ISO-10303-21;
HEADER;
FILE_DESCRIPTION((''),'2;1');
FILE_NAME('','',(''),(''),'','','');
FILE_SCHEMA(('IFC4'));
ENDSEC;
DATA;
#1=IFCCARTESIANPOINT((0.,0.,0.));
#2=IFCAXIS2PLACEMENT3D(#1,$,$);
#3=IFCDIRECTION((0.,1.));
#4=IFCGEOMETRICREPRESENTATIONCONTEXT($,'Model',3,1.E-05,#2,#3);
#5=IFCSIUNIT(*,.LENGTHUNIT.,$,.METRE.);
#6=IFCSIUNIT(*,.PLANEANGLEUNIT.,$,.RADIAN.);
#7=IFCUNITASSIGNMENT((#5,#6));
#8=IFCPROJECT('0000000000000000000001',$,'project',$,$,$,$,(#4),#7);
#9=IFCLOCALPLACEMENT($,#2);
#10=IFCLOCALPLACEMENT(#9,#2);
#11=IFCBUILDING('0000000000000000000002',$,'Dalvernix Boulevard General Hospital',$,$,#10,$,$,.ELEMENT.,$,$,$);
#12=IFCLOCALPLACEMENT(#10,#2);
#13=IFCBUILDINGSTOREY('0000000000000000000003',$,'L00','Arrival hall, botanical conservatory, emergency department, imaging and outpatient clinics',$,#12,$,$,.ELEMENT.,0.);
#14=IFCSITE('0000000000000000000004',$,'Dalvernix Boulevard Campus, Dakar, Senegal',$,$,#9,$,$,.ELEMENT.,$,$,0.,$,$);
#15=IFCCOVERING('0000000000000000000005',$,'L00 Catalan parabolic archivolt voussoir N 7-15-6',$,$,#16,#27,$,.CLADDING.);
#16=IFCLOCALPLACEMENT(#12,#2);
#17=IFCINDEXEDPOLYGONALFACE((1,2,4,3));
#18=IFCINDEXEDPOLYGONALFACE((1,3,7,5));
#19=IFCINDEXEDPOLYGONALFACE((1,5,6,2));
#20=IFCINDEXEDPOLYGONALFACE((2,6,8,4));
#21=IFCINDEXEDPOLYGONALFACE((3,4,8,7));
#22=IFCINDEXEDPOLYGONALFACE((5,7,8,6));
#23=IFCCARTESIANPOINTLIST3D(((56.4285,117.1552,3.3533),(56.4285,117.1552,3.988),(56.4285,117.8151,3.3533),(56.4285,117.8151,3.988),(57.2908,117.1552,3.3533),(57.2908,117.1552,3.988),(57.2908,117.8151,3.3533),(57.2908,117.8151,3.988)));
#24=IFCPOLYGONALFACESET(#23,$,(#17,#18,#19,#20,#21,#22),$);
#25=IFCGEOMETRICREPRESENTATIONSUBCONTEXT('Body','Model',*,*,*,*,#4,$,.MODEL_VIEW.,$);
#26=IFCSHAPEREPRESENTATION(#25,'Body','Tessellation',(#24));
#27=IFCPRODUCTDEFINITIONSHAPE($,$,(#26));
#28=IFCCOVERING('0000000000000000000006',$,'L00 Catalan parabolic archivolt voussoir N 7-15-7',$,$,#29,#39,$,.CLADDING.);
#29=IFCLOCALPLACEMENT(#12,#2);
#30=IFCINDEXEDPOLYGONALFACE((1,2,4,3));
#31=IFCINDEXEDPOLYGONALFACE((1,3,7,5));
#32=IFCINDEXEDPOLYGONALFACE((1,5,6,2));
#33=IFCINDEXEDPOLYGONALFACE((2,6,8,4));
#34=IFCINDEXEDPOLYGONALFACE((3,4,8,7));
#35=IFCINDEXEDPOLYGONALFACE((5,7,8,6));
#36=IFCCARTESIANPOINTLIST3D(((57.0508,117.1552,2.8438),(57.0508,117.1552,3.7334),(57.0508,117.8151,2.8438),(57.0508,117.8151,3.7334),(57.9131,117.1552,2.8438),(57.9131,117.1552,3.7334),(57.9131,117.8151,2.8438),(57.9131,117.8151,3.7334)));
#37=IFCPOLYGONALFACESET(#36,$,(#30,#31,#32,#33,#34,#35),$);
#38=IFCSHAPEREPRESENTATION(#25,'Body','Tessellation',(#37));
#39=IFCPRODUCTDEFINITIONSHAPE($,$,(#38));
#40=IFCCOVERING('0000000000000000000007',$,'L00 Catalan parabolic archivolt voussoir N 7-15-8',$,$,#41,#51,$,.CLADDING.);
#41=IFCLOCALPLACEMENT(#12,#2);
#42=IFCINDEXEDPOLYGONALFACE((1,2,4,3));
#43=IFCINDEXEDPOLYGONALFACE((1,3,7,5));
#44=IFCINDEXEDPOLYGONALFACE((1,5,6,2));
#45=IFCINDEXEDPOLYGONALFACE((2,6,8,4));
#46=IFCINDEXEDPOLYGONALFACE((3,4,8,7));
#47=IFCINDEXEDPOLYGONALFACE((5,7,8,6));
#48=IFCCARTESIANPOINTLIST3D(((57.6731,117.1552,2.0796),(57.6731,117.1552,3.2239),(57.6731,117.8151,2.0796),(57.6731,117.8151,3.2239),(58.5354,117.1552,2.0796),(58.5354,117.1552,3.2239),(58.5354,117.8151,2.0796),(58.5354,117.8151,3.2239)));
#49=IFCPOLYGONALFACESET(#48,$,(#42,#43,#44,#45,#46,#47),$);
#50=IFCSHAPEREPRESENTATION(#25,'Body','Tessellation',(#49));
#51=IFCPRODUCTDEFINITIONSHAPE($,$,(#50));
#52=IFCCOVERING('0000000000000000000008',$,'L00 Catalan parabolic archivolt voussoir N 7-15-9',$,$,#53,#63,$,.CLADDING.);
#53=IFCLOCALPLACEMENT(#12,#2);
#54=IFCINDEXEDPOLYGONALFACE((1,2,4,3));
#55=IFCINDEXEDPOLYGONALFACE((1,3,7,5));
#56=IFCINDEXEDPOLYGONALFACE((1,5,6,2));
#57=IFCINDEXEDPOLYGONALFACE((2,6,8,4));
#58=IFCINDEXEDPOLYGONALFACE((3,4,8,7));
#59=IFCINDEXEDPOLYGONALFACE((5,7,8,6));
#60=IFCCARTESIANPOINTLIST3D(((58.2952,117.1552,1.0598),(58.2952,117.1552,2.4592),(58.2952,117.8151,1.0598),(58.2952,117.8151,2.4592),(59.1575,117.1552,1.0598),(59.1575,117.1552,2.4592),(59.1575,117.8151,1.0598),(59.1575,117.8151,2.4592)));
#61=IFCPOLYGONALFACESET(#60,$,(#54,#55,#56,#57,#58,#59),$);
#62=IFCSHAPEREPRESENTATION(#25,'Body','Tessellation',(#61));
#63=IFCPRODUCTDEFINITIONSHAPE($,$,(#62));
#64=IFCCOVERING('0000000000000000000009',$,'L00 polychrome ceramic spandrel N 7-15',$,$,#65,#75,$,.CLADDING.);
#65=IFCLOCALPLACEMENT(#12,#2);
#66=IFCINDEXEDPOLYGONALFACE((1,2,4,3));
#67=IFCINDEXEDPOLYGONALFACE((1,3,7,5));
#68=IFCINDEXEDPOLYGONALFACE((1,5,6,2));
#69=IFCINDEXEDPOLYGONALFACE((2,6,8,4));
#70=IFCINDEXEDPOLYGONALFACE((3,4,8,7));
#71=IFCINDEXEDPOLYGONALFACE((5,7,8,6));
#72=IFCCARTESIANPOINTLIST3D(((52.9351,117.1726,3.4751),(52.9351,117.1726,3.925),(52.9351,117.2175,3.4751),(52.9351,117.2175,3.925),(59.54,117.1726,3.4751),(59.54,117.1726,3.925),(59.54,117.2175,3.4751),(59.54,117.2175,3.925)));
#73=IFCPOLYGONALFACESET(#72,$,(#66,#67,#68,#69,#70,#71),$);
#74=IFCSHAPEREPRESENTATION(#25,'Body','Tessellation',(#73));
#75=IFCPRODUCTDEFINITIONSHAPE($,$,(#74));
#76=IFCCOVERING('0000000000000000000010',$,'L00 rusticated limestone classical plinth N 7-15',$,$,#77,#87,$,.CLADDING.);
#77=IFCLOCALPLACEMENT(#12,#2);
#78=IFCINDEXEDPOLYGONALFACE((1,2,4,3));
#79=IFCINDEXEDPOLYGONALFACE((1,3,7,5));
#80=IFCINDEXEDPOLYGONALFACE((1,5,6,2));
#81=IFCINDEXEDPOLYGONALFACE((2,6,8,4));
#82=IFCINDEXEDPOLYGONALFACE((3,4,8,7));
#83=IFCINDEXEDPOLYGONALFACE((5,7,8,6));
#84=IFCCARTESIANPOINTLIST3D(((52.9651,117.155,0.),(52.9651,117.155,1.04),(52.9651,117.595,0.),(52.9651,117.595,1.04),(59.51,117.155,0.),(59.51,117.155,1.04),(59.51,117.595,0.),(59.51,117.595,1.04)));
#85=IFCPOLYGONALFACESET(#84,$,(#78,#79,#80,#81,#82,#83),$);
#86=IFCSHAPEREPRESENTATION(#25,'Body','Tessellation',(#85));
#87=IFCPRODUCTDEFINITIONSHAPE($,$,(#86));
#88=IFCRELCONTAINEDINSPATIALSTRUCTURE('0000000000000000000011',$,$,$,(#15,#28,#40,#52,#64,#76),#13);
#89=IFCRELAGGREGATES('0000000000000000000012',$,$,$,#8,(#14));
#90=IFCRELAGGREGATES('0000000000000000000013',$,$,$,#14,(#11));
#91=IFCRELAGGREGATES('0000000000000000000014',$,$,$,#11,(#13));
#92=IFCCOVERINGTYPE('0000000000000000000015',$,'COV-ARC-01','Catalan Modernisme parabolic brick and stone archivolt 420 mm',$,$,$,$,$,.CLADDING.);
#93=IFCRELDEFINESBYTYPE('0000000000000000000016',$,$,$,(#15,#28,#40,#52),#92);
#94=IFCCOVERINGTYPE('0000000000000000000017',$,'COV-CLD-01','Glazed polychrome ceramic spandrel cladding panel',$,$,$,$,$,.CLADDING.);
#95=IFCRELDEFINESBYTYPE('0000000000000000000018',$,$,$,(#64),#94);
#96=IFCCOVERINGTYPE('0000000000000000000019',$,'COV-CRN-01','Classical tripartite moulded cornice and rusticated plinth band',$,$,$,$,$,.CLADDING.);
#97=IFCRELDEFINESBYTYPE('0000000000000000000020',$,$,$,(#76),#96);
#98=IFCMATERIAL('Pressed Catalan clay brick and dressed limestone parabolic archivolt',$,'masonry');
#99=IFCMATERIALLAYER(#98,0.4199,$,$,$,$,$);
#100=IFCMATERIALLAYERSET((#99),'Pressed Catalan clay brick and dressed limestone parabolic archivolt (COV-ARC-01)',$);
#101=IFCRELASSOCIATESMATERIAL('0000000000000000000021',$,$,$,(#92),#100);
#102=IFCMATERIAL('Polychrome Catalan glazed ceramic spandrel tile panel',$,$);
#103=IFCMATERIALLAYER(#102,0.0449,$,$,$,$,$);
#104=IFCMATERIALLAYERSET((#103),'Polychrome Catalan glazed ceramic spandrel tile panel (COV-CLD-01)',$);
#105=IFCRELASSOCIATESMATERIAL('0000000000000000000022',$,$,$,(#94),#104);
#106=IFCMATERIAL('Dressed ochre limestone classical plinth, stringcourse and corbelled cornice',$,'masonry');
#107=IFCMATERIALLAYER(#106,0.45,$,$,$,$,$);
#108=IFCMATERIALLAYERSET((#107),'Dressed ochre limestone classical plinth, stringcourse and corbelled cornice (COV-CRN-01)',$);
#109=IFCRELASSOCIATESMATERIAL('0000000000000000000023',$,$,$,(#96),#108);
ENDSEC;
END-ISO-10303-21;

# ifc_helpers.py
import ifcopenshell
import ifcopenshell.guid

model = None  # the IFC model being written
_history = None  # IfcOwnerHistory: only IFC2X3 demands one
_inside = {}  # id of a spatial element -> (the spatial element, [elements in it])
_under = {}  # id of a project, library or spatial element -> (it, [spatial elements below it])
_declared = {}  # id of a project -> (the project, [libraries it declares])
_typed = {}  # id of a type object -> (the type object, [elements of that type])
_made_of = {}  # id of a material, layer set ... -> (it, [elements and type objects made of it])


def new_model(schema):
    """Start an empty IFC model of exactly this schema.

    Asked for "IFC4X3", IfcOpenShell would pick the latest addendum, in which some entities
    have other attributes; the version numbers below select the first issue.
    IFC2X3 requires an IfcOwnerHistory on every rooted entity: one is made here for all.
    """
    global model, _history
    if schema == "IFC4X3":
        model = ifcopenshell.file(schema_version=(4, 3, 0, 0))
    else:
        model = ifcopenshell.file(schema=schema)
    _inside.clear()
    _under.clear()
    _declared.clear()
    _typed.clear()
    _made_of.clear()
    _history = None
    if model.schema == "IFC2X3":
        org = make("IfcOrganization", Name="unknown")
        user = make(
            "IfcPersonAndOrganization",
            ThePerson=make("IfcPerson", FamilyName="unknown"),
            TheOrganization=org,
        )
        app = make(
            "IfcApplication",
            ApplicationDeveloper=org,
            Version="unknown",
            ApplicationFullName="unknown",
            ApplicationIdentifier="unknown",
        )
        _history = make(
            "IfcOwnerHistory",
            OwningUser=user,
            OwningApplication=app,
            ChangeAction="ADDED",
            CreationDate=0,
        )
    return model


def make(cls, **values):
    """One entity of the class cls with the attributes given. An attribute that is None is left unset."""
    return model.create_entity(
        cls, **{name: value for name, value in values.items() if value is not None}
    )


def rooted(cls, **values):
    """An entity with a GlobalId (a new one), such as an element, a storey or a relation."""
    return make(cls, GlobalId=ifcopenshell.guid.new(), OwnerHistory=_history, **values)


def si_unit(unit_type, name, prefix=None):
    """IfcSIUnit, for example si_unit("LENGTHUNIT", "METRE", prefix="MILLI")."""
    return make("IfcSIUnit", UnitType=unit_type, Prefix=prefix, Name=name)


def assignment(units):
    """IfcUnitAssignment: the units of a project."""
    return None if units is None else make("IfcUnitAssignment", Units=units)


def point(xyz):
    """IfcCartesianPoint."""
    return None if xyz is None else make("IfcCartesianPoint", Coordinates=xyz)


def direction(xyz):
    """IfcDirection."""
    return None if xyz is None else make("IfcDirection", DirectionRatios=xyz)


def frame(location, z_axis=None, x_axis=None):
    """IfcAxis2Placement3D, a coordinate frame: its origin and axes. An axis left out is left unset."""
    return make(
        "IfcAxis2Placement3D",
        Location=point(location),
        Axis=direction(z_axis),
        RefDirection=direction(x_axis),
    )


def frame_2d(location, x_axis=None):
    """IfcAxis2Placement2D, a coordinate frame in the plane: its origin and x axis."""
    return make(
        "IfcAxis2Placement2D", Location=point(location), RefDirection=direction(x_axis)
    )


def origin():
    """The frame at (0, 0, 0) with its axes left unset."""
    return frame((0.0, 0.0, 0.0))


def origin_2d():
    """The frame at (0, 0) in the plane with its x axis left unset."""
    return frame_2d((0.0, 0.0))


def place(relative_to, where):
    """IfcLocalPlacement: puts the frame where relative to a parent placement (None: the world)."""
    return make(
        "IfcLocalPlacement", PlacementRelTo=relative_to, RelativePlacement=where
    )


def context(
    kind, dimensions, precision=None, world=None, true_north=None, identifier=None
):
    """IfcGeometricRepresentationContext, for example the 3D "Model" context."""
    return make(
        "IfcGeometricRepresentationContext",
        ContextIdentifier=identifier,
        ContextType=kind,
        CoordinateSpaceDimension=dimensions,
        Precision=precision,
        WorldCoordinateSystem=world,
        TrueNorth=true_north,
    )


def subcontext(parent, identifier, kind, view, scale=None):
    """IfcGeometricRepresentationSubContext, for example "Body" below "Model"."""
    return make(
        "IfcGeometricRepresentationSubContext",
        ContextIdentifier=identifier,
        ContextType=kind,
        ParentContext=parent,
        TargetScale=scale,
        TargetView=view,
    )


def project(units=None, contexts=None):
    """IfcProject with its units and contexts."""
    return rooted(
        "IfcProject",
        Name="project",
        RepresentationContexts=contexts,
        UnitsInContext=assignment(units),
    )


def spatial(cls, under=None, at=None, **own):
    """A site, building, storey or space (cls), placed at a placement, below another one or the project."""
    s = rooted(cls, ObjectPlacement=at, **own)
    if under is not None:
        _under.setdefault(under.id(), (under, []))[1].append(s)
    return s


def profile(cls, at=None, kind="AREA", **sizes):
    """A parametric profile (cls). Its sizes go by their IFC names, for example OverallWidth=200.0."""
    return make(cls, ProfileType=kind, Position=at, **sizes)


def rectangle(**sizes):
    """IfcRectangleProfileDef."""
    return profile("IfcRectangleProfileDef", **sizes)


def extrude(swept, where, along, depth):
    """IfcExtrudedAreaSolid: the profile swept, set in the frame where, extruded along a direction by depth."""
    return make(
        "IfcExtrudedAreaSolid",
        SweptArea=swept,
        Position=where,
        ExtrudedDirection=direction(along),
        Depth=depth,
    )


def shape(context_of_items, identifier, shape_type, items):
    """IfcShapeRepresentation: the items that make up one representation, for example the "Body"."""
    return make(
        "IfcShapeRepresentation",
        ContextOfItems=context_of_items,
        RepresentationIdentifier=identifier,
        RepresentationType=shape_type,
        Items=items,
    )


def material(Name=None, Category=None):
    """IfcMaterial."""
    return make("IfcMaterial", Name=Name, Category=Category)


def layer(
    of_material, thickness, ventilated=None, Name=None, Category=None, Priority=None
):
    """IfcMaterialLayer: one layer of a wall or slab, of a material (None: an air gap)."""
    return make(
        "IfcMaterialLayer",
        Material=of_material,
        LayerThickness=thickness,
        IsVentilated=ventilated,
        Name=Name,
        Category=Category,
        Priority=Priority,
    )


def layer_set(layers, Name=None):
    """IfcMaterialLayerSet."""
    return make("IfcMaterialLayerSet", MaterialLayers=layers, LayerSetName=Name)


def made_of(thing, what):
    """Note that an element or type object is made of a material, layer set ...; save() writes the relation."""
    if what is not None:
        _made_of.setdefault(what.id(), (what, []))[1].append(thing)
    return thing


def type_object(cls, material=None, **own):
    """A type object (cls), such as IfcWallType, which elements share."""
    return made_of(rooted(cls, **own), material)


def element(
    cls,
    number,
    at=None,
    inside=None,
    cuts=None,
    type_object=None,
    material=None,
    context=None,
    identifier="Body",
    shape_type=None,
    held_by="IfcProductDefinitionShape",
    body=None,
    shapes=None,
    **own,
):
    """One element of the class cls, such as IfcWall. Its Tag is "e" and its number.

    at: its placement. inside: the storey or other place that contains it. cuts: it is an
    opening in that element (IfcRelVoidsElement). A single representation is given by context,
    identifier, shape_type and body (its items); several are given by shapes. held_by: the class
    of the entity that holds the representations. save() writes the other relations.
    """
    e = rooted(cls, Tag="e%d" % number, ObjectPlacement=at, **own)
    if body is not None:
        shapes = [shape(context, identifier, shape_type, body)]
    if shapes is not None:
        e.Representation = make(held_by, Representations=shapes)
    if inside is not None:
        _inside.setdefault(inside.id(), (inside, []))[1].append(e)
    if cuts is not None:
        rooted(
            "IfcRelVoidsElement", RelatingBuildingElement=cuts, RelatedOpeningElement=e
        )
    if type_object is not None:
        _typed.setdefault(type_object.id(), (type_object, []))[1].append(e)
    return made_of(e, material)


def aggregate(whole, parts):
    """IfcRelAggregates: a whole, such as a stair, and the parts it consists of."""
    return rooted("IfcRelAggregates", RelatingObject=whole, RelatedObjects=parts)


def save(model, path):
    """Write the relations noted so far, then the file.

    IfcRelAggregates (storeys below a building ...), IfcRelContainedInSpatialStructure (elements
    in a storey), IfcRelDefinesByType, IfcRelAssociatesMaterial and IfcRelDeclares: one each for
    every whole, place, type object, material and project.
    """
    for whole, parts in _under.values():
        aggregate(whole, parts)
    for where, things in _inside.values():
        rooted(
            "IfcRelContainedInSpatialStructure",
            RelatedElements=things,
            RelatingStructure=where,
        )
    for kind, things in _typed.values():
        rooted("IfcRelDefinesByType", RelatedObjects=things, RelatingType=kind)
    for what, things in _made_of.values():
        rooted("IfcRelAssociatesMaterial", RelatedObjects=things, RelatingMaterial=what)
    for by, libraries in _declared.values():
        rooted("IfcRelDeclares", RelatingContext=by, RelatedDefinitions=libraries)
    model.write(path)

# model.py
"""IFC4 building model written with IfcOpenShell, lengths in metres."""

from ifc_helpers import new_model, si_unit, direction, frame, origin, origin_2d, place, context, subcontext, project, spatial, rectangle, extrude, material, layer, layer_set, type_object, element, save


model = new_model("IFC4")

# Units and contexts
model_context = context("Model", 3, precision=1e-05, world=origin(), true_north=direction((0.0, 1.0)))
body_context = subcontext(model_context, "Body", "Model", "MODEL_VIEW")
ifc_project = project(units=[si_unit("LENGTHUNIT", "METRE"), si_unit("PLANEANGLEUNIT", "RADIAN")], contexts=[model_context])

# Site, building, storey
site_placement = place(None, origin())
site = spatial("IfcSite", under=ifc_project, at=site_placement, Name="Dalvernix Boulevard Campus, Dakar, Senegal", CompositionType="ELEMENT", RefElevation=0.0)
building_placement = place(site_placement, origin())
building = spatial("IfcBuilding", under=site, at=building_placement, Name="Dalvernix Boulevard General Hospital", CompositionType="ELEMENT")
storey_placement = place(building_placement, origin())
storey = spatial("IfcBuildingStorey", under=building, at=storey_placement, Name="L00", Description="Arrival hall, botanical conservatory, emergency department, imaging and outpatient clinics", CompositionType="ELEMENT", Elevation=0.0)

# Coverings
ifc_material_1 = material(Name="Pressed Catalan clay brick and dressed limestone parabolic archivolt", Category="masonry")
ifc_layer_1 = layer(ifc_material_1, 0.4199)
ifc_layer_set_1 = layer_set([ifc_layer_1], Name="Pressed Catalan clay brick and dressed limestone parabolic archivolt (COV-ARC-01)")
covering_type_1 = type_object("IfcCoveringType", Name="COV-ARC-01", Description="Catalan Modernisme parabolic brick and stone archivolt 420 mm", PredefinedType="CLADDING", material=ifc_layer_set_1)
covering_1_placement = place(storey_placement, frame((56.8596, 117.4851, 3.3533), z_axis=(0.0, 0.0, 1.0), x_axis=(1.0, 0.0, 0.0)))
element("IfcCovering", 1, at=covering_1_placement, inside=storey, type_object=covering_type_1, Name="L00 Catalan parabolic archivolt voussoir N 7-15-6", PredefinedType="CLADDING", context=body_context, shape_type="SweptSolid", body=[
    extrude(rectangle(XDim=0.8623, YDim=0.6599, at=origin_2d()), origin(), (0.0, 0.0, 1.0), 0.6348),
])
covering_2_placement = place(storey_placement, frame((57.4819, 117.4851, 2.8438), z_axis=(0.0, 0.0, 1.0), x_axis=(1.0, 0.0, 0.0)))
element("IfcCovering", 2, at=covering_2_placement, inside=storey, type_object=covering_type_1, Name="L00 Catalan parabolic archivolt voussoir N 7-15-7", PredefinedType="CLADDING", context=body_context, shape_type="SweptSolid", body=[
    extrude(rectangle(XDim=0.8623, YDim=0.6599, at=origin_2d()), origin(), (0.0, 0.0, 1.0), 0.8896),
])
covering_3_placement = place(storey_placement, frame((58.1042, 117.4851, 2.0796), z_axis=(0.0, 0.0, 1.0), x_axis=(1.0, 0.0, 0.0)))
element("IfcCovering", 3, at=covering_3_placement, inside=storey, type_object=covering_type_1, Name="L00 Catalan parabolic archivolt voussoir N 7-15-8", PredefinedType="CLADDING", context=body_context, shape_type="SweptSolid", body=[
    extrude(rectangle(XDim=0.8623, YDim=0.6599, at=origin_2d()), origin(), (0.0, 0.0, 1.0), 1.1443),
])
covering_4_placement = place(storey_placement, frame((58.7263, 117.4851, 1.0598), z_axis=(0.0, 0.0, 1.0), x_axis=(1.0, 0.0, 0.0)))
element("IfcCovering", 4, at=covering_4_placement, inside=storey, type_object=covering_type_1, Name="L00 Catalan parabolic archivolt voussoir N 7-15-9", PredefinedType="CLADDING", context=body_context, shape_type="SweptSolid", body=[
    extrude(rectangle(XDim=0.8623, YDim=0.6599, at=origin_2d()), origin(), (0.0, 0.0, 1.0), 1.3994),
])
ifc_material_2 = material(Name="Polychrome Catalan glazed ceramic spandrel tile panel")
ifc_layer_2 = layer(ifc_material_2, 0.0449)
ifc_layer_set_2 = layer_set([ifc_layer_2], Name="Polychrome Catalan glazed ceramic spandrel tile panel (COV-CLD-01)")
covering_type_2 = type_object("IfcCoveringType", Name="COV-CLD-01", Description="Glazed polychrome ceramic spandrel cladding panel", PredefinedType="CLADDING", material=ifc_layer_set_2)
covering_5_placement = place(storey_placement, frame((56.2375, 117.1951, 3.4751), z_axis=(0.0, 0.0, 1.0), x_axis=(1.0, 0.0, 0.0)))
element("IfcCovering", 5, at=covering_5_placement, inside=storey, type_object=covering_type_2, Name="L00 polychrome ceramic spandrel N 7-15", PredefinedType="CLADDING", context=body_context, shape_type="SweptSolid", body=[
    extrude(rectangle(XDim=6.605, YDim=0.0449, at=origin_2d()), origin(), (0.0, 0.0, 1.0), 0.45),
])
ifc_material_3 = material(Name="Dressed ochre limestone classical plinth, stringcourse and corbelled cornice", Category="masonry")
ifc_layer_3 = layer(ifc_material_3, 0.45)
ifc_layer_set_3 = layer_set([ifc_layer_3], Name="Dressed ochre limestone classical plinth, stringcourse and corbelled cornice (COV-CRN-01)")
covering_type_3 = type_object("IfcCoveringType", Name="COV-CRN-01", Description="Classical tripartite moulded cornice and rusticated plinth band", PredefinedType="CLADDING", material=ifc_layer_set_3)
covering_6_placement = place(storey_placement, frame((56.2375, 117.375, 0.0), z_axis=(0.0, 0.0, 1.0), x_axis=(1.0, 0.0, 0.0)))
element("IfcCovering", 6, at=covering_6_placement, inside=storey, type_object=covering_type_3, Name="L00 rusticated limestone classical plinth N 7-15", PredefinedType="CLADDING", context=body_context, shape_type="SweptSolid", body=[
    extrude(rectangle(XDim=6.5449, YDim=0.4399, at=origin_2d()), origin(), (0.0, 0.0, 1.0), 1.04),
])

save(model, "model.ifc")
